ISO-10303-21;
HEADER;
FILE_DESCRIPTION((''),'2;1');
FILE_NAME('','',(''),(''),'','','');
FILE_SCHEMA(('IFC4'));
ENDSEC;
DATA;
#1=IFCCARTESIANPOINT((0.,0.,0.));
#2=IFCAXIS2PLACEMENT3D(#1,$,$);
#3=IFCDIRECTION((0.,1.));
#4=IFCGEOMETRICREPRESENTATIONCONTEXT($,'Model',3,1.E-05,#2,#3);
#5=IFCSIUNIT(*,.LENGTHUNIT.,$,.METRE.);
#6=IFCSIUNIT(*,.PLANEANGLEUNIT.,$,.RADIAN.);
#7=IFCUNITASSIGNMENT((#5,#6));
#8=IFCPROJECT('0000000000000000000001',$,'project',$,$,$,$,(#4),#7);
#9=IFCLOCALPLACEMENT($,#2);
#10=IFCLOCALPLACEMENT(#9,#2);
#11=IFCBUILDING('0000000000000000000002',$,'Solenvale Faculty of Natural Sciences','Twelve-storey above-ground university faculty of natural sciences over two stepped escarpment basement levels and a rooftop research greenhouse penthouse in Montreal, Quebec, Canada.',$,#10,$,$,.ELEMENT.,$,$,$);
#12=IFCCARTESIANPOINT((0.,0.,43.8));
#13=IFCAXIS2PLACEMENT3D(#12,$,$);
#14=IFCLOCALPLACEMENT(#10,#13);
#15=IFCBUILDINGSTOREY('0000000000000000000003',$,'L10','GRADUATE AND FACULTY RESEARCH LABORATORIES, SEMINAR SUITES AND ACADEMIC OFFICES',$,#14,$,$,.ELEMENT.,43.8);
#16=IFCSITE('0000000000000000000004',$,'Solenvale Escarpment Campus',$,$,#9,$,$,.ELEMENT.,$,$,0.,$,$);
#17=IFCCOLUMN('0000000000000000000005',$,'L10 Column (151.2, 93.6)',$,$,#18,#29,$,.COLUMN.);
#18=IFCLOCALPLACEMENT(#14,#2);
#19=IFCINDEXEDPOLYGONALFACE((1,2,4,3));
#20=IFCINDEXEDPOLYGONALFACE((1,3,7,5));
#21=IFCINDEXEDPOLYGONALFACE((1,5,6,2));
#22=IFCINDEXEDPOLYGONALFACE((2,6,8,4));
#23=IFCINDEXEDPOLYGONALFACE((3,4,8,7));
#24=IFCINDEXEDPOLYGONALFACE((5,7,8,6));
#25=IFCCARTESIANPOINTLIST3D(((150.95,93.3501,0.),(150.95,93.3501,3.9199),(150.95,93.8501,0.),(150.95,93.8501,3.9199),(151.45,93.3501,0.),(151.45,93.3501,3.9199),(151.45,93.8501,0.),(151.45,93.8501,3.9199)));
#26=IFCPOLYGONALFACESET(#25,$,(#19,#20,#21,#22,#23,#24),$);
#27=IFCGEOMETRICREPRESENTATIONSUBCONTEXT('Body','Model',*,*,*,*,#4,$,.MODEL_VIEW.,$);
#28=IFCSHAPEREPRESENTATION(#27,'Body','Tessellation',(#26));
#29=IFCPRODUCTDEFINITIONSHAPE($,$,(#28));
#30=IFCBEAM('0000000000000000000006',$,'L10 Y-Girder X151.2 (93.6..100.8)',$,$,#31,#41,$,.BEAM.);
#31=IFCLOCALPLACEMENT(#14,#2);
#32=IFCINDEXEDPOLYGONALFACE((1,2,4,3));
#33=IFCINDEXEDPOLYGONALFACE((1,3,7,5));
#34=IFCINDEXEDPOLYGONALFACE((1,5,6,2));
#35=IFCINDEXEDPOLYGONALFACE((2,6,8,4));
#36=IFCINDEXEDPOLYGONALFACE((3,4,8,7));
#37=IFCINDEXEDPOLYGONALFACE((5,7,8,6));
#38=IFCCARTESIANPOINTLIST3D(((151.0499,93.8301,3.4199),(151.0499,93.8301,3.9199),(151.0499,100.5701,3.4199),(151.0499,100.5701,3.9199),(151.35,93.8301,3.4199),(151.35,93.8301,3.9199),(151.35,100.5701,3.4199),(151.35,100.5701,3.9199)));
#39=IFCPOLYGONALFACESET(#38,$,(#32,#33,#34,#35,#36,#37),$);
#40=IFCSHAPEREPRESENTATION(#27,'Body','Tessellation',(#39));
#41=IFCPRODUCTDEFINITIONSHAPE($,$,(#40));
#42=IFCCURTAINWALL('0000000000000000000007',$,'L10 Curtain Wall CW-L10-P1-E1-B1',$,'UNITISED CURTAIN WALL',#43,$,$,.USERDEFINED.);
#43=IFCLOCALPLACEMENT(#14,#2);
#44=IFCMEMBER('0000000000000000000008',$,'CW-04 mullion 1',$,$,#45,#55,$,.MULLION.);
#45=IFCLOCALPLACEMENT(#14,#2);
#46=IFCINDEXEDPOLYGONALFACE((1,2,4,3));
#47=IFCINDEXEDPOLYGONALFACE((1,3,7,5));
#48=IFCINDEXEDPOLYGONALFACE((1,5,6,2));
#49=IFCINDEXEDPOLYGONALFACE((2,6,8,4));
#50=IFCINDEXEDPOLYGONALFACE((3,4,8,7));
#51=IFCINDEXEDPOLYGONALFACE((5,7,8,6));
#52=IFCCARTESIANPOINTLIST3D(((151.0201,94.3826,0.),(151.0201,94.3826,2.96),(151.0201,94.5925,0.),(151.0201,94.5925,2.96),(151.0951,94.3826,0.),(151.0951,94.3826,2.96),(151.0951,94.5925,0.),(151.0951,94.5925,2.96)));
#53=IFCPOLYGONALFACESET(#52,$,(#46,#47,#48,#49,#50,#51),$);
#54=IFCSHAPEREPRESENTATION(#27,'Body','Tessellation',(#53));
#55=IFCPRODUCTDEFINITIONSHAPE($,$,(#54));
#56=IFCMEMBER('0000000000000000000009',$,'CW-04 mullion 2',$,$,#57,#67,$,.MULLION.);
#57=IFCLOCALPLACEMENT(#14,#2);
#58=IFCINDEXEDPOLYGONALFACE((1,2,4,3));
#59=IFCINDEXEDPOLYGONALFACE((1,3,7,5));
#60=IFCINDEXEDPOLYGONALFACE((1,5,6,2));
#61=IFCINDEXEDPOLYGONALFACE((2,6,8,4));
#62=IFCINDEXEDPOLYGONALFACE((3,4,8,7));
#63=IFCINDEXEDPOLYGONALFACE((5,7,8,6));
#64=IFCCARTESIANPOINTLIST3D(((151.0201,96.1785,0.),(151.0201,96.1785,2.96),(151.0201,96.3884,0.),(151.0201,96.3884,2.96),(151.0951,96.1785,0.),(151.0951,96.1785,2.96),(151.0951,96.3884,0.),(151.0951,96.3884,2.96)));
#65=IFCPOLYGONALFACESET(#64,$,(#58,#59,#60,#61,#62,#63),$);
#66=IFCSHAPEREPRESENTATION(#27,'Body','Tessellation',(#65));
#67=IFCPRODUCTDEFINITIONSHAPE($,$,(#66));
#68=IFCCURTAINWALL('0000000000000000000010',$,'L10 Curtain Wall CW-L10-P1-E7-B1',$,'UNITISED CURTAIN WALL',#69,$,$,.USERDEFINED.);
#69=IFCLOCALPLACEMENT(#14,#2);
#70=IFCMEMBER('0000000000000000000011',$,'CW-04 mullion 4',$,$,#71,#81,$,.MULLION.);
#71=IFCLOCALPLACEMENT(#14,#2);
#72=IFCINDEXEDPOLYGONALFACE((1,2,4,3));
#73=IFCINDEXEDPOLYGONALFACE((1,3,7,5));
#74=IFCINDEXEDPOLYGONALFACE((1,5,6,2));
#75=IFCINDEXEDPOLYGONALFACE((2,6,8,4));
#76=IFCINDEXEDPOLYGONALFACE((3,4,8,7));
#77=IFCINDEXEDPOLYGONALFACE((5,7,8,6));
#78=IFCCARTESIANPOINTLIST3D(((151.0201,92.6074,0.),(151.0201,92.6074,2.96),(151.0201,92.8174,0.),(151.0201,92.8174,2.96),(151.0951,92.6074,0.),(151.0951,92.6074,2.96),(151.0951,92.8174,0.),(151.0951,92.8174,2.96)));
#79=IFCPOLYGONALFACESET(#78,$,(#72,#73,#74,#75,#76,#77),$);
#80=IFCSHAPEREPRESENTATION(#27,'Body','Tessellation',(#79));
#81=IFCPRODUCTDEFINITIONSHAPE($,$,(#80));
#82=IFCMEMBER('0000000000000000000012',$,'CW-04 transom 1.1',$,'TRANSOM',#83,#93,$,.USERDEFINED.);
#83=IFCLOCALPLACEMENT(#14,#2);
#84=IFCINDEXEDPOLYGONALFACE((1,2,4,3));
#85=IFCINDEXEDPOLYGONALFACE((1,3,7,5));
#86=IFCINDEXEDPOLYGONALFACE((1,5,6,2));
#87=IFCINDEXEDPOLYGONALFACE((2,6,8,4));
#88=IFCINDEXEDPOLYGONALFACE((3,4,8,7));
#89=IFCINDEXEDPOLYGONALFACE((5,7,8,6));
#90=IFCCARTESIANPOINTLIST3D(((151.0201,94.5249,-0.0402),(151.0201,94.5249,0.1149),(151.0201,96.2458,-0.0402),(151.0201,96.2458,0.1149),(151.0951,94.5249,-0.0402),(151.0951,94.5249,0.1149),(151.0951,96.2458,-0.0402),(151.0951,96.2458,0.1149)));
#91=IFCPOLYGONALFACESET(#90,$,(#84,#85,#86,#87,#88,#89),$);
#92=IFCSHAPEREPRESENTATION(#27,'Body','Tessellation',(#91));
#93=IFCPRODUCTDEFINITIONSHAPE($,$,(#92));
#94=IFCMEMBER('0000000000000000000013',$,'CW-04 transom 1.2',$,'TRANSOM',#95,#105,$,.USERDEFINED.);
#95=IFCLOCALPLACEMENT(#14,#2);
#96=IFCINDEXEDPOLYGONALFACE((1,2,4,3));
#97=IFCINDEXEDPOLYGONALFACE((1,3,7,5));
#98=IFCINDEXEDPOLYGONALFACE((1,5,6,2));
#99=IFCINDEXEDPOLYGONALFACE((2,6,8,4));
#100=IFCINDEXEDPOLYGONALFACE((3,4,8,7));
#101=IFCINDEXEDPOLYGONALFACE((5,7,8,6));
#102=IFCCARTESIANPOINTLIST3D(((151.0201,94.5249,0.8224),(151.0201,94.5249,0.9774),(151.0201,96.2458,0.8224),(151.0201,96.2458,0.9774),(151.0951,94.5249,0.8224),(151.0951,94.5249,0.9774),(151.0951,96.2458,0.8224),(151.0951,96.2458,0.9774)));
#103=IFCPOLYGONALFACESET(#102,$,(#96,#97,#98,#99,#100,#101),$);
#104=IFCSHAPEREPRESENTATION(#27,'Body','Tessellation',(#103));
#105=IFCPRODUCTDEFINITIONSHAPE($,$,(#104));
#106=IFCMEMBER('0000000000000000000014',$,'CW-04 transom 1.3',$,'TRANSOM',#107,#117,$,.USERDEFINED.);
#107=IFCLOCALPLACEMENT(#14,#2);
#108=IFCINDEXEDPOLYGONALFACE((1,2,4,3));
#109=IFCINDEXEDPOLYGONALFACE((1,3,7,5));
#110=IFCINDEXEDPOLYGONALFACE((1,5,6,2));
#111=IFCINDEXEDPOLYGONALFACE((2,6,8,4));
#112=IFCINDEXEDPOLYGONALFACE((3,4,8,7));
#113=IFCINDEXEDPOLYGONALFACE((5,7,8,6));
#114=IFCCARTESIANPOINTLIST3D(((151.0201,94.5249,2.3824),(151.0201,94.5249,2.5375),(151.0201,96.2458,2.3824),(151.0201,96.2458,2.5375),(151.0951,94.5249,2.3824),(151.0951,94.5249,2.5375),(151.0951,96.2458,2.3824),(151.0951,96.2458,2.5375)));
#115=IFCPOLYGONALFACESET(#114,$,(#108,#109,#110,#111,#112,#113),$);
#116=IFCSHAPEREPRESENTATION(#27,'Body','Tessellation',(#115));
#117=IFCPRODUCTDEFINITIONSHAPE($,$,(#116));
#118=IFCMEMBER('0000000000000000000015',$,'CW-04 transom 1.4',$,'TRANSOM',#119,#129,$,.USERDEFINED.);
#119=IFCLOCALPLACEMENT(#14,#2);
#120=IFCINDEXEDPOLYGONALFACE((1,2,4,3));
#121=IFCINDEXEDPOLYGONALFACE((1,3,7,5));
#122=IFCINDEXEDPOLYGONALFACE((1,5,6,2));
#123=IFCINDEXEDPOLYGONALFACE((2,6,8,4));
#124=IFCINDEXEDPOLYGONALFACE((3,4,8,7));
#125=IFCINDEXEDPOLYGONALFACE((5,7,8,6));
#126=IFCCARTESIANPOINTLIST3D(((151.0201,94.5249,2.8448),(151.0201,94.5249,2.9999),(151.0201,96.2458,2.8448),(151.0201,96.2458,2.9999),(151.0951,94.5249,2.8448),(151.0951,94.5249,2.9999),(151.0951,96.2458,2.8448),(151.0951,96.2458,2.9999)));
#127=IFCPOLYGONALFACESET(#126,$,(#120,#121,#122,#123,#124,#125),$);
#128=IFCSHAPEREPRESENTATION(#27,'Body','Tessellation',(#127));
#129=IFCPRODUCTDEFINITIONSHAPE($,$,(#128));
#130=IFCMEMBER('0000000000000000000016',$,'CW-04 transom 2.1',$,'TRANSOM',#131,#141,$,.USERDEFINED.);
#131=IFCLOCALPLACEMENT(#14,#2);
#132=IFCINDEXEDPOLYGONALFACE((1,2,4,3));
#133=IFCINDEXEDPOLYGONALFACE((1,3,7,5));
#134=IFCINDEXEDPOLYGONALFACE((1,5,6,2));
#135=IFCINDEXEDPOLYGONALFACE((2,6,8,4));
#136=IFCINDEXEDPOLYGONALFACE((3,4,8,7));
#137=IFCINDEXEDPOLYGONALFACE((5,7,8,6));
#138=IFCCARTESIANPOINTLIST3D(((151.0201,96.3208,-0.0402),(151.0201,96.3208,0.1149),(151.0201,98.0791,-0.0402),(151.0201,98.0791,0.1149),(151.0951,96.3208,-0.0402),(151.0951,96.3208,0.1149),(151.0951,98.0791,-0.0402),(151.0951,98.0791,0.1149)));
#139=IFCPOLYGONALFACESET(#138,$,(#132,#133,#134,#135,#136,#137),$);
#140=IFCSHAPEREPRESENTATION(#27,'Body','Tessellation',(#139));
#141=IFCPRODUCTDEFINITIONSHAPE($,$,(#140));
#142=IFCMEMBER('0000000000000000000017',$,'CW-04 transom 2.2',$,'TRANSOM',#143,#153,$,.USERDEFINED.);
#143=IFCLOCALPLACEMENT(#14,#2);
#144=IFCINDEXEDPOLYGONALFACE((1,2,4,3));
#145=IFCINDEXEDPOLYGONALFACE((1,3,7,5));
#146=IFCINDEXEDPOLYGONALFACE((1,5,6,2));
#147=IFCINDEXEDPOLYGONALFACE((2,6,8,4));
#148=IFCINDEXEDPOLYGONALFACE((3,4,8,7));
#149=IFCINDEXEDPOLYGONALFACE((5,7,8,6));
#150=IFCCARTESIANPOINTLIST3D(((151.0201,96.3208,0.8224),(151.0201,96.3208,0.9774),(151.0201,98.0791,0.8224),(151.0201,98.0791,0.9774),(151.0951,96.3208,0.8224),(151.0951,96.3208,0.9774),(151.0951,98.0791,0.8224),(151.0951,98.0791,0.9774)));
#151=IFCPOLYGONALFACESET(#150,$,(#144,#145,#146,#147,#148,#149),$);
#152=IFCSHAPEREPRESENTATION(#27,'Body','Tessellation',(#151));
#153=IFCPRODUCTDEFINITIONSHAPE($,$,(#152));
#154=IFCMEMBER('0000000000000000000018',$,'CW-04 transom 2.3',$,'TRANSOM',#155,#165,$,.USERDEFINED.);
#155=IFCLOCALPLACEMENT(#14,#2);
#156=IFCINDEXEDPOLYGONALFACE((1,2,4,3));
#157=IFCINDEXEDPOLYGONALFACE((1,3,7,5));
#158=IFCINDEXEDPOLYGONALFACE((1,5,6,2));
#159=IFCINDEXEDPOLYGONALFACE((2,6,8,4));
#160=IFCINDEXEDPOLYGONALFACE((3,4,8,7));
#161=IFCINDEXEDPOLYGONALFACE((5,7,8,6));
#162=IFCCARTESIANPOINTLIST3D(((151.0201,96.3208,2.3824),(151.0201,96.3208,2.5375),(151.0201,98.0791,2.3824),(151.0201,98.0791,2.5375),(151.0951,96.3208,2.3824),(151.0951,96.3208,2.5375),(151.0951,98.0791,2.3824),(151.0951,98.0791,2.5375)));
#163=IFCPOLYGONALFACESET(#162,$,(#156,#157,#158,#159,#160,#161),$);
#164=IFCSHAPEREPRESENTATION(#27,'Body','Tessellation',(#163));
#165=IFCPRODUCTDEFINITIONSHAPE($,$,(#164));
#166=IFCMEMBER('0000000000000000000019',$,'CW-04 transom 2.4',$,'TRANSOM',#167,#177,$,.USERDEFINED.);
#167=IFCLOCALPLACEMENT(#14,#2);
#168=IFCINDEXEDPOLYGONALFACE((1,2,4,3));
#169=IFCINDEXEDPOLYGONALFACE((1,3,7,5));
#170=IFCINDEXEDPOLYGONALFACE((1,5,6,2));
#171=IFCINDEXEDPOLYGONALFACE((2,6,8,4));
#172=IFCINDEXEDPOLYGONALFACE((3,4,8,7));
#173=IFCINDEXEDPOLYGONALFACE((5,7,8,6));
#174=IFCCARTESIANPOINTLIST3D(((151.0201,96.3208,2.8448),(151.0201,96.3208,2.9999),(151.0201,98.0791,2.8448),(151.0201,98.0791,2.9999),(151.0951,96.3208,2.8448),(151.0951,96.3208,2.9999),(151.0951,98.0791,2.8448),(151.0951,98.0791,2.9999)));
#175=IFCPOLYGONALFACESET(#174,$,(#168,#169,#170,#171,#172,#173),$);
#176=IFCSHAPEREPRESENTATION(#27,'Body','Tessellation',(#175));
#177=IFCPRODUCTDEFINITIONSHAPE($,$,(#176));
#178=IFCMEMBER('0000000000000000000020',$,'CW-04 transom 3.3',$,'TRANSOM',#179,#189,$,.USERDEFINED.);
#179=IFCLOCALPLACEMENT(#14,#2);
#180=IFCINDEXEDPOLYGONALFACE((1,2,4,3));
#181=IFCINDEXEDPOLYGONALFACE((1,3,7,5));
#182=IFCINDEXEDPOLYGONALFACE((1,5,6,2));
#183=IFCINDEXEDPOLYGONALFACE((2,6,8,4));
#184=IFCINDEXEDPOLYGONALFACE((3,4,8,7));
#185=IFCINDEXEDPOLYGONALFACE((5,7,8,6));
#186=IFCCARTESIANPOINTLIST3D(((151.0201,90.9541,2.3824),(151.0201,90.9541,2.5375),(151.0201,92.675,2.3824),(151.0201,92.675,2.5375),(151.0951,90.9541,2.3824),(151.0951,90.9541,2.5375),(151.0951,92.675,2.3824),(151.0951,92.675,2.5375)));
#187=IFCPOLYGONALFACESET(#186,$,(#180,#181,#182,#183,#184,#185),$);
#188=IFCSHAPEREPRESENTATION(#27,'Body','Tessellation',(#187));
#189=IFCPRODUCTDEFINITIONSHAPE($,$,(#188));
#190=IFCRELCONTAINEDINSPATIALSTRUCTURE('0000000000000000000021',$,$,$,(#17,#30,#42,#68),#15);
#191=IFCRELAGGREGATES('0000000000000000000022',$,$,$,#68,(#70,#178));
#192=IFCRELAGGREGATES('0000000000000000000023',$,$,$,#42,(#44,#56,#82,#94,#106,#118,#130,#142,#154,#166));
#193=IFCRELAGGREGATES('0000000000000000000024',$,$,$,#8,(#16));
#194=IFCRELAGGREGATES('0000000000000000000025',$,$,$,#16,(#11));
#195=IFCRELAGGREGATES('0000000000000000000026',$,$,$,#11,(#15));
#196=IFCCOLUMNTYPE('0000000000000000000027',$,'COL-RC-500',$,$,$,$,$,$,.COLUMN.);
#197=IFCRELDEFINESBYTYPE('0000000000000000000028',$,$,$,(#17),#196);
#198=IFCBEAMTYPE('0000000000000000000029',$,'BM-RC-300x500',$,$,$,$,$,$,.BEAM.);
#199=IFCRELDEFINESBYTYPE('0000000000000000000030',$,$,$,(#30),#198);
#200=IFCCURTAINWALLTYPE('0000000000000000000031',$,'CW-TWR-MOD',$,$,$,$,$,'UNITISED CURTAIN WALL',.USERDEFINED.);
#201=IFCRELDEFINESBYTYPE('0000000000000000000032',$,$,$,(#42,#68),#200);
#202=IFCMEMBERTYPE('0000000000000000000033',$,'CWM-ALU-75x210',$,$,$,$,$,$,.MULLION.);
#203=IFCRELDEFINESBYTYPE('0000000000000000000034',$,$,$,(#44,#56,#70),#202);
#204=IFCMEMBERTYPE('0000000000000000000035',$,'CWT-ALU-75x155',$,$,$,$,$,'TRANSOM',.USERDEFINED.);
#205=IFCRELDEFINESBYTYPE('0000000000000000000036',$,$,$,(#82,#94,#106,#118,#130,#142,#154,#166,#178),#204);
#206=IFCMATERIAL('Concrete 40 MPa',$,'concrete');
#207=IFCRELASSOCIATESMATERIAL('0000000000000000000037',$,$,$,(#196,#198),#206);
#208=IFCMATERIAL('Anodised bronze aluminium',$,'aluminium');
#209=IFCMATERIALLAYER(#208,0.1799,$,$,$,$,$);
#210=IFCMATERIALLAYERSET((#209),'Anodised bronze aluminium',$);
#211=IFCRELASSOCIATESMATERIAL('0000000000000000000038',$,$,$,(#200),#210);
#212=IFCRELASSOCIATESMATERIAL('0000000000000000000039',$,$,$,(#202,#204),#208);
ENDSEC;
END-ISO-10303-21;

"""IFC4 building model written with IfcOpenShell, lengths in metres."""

from ifc_helpers import new_model, si_unit, direction, frame, origin, origin_2d, place, context, subcontext, project, spatial, rectangle, extrude, material, layer, layer_set, material_profile, profile_set, type_object, element, aggregate, save


model = new_model("IFC4")

# Units and contexts
model_context = context("Model", 3, precision=1e-05, world=origin(), true_north=direction((0.0, 1.0)))
body_context = subcontext(model_context, "Body", "Model", "MODEL_VIEW")
ifc_project = project(units=[si_unit("LENGTHUNIT", "METRE"), si_unit("PLANEANGLEUNIT", "RADIAN")], contexts=[model_context])

# Site, building, storey
site_placement = place(None, origin())
site = spatial("IfcSite", under=ifc_project, at=site_placement, Name="Solenvale Escarpment Campus", CompositionType="ELEMENT", RefElevation=0.0)
building_placement = place(site_placement, origin())
building = spatial("IfcBuilding", under=site, at=building_placement, Name="Solenvale Faculty of Natural Sciences", Description="Twelve-storey above-ground university faculty of natural sciences over two stepped escarpment basement levels and a rooftop research greenhouse penthouse in Montreal, Quebec, Canada.", CompositionType="ELEMENT")
storey_placement = place(building_placement, frame((0.0, 0.0, 43.8)))
storey = spatial("IfcBuildingStorey", under=building, at=storey_placement, Name="L10", Description="GRADUATE AND FACULTY RESEARCH LABORATORIES, SEMINAR SUITES AND ACADEMIC OFFICES", CompositionType="ELEMENT", Elevation=43.8)

# Column
ifc_material_1 = material(Name="Concrete 40 MPa", Category="concrete")
ifc_material_profile_1 = material_profile(ifc_material_1, rectangle(XDim=0.5, YDim=0.5, at=origin_2d()), Name="RC-COL-500x500")
ifc_profile_set_1 = profile_set([ifc_material_profile_1], Name="Concrete 40 MPa")
column_type = type_object("IfcColumnType", Name="COL-RC-500", PredefinedType="COLUMN", material=ifc_profile_set_1)
column_placement = place(storey_placement, frame((151.2, 93.6001, 0.0), z_axis=(0.0, 0.0, 1.0), x_axis=(1.0, 0.0, 0.0)))
element("IfcColumn", 1, at=column_placement, inside=storey, type_object=column_type, Name="L10 Column (151.2, 93.6)", PredefinedType="COLUMN", context=body_context, shape_type="SweptSolid", body=[
    extrude(rectangle(XDim=0.5, YDim=0.5, at=origin_2d()), origin(), (0.0, 0.0, 1.0), 3.9199),
])

# Beam
ifc_material_profile_2 = material_profile(ifc_material_1, rectangle(XDim=0.3, YDim=0.5, at=origin_2d()), Name="RC-BM-300x500")
ifc_profile_set_2 = profile_set([ifc_material_profile_2], Name="Concrete 40 MPa")
beam_type = type_object("IfcBeamType", Name="BM-RC-300x500", PredefinedType="BEAM", material=ifc_profile_set_2)
beam_placement = place(storey_placement, frame((151.2, 93.8301, 3.6699), z_axis=(0.0, 1.0, 0.0), x_axis=(-1.0, 0.0, 0.0)))
element("IfcBeam", 2, at=beam_placement, inside=storey, type_object=beam_type, Name="L10 Y-Girder X151.2 (93.6..100.8)", PredefinedType="BEAM", context=body_context, shape_type="SweptSolid", body=[
    extrude(rectangle(XDim=0.3, YDim=0.5, at=origin_2d()), origin(), (0.0, 0.0, 1.0), 6.74),
])

# Curtain wall, members
ifc_material_2 = material(Name="Anodised bronze aluminium", Category="aluminium")
ifc_layer_1 = layer(ifc_material_2, 0.1799)
ifc_layer_set_1 = layer_set([ifc_layer_1], Name="Anodised bronze aluminium")
curtain_wall_type = type_object("IfcCurtainWallType", Name="CW-TWR-MOD", ElementType="UNITISED CURTAIN WALL", PredefinedType="USERDEFINED", material=ifc_layer_set_1)
curtain_wall_1_placement = place(storey_placement, origin())
curtain_wall_1 = element("IfcCurtainWall", 3, at=curtain_wall_1_placement, inside=storey, type_object=curtain_wall_type, Name="L10 Curtain Wall CW-L10-P1-E1-B1", ObjectType="UNITISED CURTAIN WALL", PredefinedType="USERDEFINED")
ifc_material_profile_3 = material_profile(ifc_material_2, rectangle(XDim=0.075, YDim=0.21, at=origin_2d()), Name="ALU-MUL-75x210")
ifc_profile_set_3 = profile_set([ifc_material_profile_3], Name="Anodised bronze aluminium")
member_type_1 = type_object("IfcMemberType", Name="CWM-ALU-75x210", PredefinedType="MULLION", material=ifc_profile_set_3)
member_1_placement = place(storey_placement, frame((151.0576, 94.4875, 0.0), z_axis=(0.0, 0.0, 1.0), x_axis=(-1.0, 0.0, 0.0)))
member_1 = element("IfcMember", 4, at=member_1_placement, type_object=member_type_1, Name="CW-04 mullion 1", PredefinedType="MULLION", context=body_context, shape_type="SweptSolid", body=[
    extrude(rectangle(XDim=0.075, YDim=0.21, at=origin_2d()), origin(), (0.0, 0.0, 1.0), 2.96),
])
member_2_placement = place(storey_placement, frame((151.0576, 96.2834, 0.0), z_axis=(0.0, 0.0, 1.0), x_axis=(-1.0, 0.0, 0.0)))
member_2 = element("IfcMember", 5, at=member_2_placement, type_object=member_type_1, Name="CW-04 mullion 2", PredefinedType="MULLION", context=body_context, shape_type="SweptSolid", body=[
    extrude(rectangle(XDim=0.075, YDim=0.21, at=origin_2d()), origin(), (0.0, 0.0, 1.0), 2.96),
])

# Curtain wall, member
curtain_wall_2_placement = place(storey_placement, origin())
curtain_wall_2 = element("IfcCurtainWall", 6, at=curtain_wall_2_placement, inside=storey, type_object=curtain_wall_type, Name="L10 Curtain Wall CW-L10-P1-E7-B1", ObjectType="UNITISED CURTAIN WALL", PredefinedType="USERDEFINED")
member_3_placement = place(storey_placement, frame((151.0576, 92.7124, 0.0), z_axis=(0.0, 0.0, 1.0), x_axis=(-1.0, 0.0, 0.0)))
member_3 = element("IfcMember", 7, at=member_3_placement, type_object=member_type_1, Name="CW-04 mullion 4", PredefinedType="MULLION", context=body_context, shape_type="SweptSolid", body=[
    extrude(rectangle(XDim=0.075, YDim=0.21, at=origin_2d()), origin(), (0.0, 0.0, 1.0), 2.96),
])

# Members
ifc_material_profile_4 = material_profile(ifc_material_2, rectangle(XDim=0.075, YDim=0.155, at=origin_2d()), Name="ALU-TRN-75x155")
ifc_profile_set_4 = profile_set([ifc_material_profile_4], Name="Anodised bronze aluminium")
member_type_2 = type_object("IfcMemberType", Name="CWT-ALU-75x155", ElementType="TRANSOM", PredefinedType="USERDEFINED", material=ifc_profile_set_4)
member_4_placement = place(storey_placement, frame((151.0576, 94.5249, 0.0374), z_axis=(0.0, 1.0, 0.0), x_axis=(-1.0, 0.0, 0.0)))
member_4 = element("IfcMember", 8, at=member_4_placement, type_object=member_type_2, Name="CW-04 transom 1.1", ObjectType="TRANSOM", PredefinedType="USERDEFINED", context=body_context, shape_type="SweptSolid", body=[
    extrude(rectangle(XDim=0.075, YDim=0.155, at=origin_2d()), origin(), (0.0, 0.0, 1.0), 1.7209),
])
member_5_placement = place(storey_placement, frame((151.0576, 94.5249, 0.8999), z_axis=(0.0, 1.0, 0.0), x_axis=(-1.0, 0.0, 0.0)))
member_5 = element("IfcMember", 9, at=member_5_placement, type_object=member_type_2, Name="CW-04 transom 1.2", ObjectType="TRANSOM", PredefinedType="USERDEFINED", context=body_context, shape_type="SweptSolid", body=[
    extrude(rectangle(XDim=0.075, YDim=0.155, at=origin_2d()), origin(), (0.0, 0.0, 1.0), 1.7209),
])
member_6_placement = place(storey_placement, frame((151.0576, 94.5249, 2.46), z_axis=(0.0, 1.0, 0.0), x_axis=(-1.0, 0.0, 0.0)))
member_6 = element("IfcMember", 10, at=member_6_placement, type_object=member_type_2, Name="CW-04 transom 1.3", ObjectType="TRANSOM", PredefinedType="USERDEFINED", context=body_context, shape_type="SweptSolid", body=[
    extrude(rectangle(XDim=0.075, YDim=0.155, at=origin_2d()), origin(), (0.0, 0.0, 1.0), 1.7209),
])
member_7_placement = place(storey_placement, frame((151.0576, 94.5249, 2.9224), z_axis=(0.0, 1.0, 0.0), x_axis=(-1.0, 0.0, 0.0)))
member_7 = element("IfcMember", 11, at=member_7_placement, type_object=member_type_2, Name="CW-04 transom 1.4", ObjectType="TRANSOM", PredefinedType="USERDEFINED", context=body_context, shape_type="SweptSolid", body=[
    extrude(rectangle(XDim=0.075, YDim=0.155, at=origin_2d()), origin(), (0.0, 0.0, 1.0), 1.7209),
])
member_8_placement = place(storey_placement, frame((151.0576, 96.3208, 0.0374), z_axis=(0.0, 1.0, 0.0), x_axis=(-1.0, 0.0, 0.0)))
member_8 = element("IfcMember", 12, at=member_8_placement, type_object=member_type_2, Name="CW-04 transom 2.1", ObjectType="TRANSOM", PredefinedType="USERDEFINED", context=body_context, shape_type="SweptSolid", body=[
    extrude(rectangle(XDim=0.075, YDim=0.155, at=origin_2d()), origin(), (0.0, 0.0, 1.0), 1.7583),
])
member_9_placement = place(storey_placement, frame((151.0576, 96.3208, 0.8999), z_axis=(0.0, 1.0, 0.0), x_axis=(-1.0, 0.0, 0.0)))
member_9 = element("IfcMember", 13, at=member_9_placement, type_object=member_type_2, Name="CW-04 transom 2.2", ObjectType="TRANSOM", PredefinedType="USERDEFINED", context=body_context, shape_type="SweptSolid", body=[
    extrude(rectangle(XDim=0.075, YDim=0.155, at=origin_2d()), origin(), (0.0, 0.0, 1.0), 1.7583),
])
member_10_placement = place(storey_placement, frame((151.0576, 96.3208, 2.46), z_axis=(0.0, 1.0, 0.0), x_axis=(-1.0, 0.0, 0.0)))
member_10 = element("IfcMember", 14, at=member_10_placement, type_object=member_type_2, Name="CW-04 transom 2.3", ObjectType="TRANSOM", PredefinedType="USERDEFINED", context=body_context, shape_type="SweptSolid", body=[
    extrude(rectangle(XDim=0.075, YDim=0.155, at=origin_2d()), origin(), (0.0, 0.0, 1.0), 1.7583),
])
member_11_placement = place(storey_placement, frame((151.0576, 96.3208, 2.9224), z_axis=(0.0, 1.0, 0.0), x_axis=(-1.0, 0.0, 0.0)))
member_11 = element("IfcMember", 15, at=member_11_placement, type_object=member_type_2, Name="CW-04 transom 2.4", ObjectType="TRANSOM", PredefinedType="USERDEFINED", context=body_context, shape_type="SweptSolid", body=[
    extrude(rectangle(XDim=0.075, YDim=0.155, at=origin_2d()), origin(), (0.0, 0.0, 1.0), 1.7583),
])
member_12_placement = place(storey_placement, frame((151.0576, 90.9541, 2.46), z_axis=(0.0, 1.0, 0.0), x_axis=(-1.0, 0.0, 0.0)))
member_12 = element("IfcMember", 16, at=member_12_placement, type_object=member_type_2, Name="CW-04 transom 3.3", ObjectType="TRANSOM", PredefinedType="USERDEFINED", context=body_context, shape_type="SweptSolid", body=[
    extrude(rectangle(XDim=0.075, YDim=0.155, at=origin_2d()), origin(), (0.0, 0.0, 1.0), 1.7209),
])

aggregate(curtain_wall_2, [member_3, member_12])
aggregate(curtain_wall_1, [member_1, member_2, member_4, member_5, member_6, member_7, member_8, member_9, member_10, member_11])

save(model, "model.ifc")
